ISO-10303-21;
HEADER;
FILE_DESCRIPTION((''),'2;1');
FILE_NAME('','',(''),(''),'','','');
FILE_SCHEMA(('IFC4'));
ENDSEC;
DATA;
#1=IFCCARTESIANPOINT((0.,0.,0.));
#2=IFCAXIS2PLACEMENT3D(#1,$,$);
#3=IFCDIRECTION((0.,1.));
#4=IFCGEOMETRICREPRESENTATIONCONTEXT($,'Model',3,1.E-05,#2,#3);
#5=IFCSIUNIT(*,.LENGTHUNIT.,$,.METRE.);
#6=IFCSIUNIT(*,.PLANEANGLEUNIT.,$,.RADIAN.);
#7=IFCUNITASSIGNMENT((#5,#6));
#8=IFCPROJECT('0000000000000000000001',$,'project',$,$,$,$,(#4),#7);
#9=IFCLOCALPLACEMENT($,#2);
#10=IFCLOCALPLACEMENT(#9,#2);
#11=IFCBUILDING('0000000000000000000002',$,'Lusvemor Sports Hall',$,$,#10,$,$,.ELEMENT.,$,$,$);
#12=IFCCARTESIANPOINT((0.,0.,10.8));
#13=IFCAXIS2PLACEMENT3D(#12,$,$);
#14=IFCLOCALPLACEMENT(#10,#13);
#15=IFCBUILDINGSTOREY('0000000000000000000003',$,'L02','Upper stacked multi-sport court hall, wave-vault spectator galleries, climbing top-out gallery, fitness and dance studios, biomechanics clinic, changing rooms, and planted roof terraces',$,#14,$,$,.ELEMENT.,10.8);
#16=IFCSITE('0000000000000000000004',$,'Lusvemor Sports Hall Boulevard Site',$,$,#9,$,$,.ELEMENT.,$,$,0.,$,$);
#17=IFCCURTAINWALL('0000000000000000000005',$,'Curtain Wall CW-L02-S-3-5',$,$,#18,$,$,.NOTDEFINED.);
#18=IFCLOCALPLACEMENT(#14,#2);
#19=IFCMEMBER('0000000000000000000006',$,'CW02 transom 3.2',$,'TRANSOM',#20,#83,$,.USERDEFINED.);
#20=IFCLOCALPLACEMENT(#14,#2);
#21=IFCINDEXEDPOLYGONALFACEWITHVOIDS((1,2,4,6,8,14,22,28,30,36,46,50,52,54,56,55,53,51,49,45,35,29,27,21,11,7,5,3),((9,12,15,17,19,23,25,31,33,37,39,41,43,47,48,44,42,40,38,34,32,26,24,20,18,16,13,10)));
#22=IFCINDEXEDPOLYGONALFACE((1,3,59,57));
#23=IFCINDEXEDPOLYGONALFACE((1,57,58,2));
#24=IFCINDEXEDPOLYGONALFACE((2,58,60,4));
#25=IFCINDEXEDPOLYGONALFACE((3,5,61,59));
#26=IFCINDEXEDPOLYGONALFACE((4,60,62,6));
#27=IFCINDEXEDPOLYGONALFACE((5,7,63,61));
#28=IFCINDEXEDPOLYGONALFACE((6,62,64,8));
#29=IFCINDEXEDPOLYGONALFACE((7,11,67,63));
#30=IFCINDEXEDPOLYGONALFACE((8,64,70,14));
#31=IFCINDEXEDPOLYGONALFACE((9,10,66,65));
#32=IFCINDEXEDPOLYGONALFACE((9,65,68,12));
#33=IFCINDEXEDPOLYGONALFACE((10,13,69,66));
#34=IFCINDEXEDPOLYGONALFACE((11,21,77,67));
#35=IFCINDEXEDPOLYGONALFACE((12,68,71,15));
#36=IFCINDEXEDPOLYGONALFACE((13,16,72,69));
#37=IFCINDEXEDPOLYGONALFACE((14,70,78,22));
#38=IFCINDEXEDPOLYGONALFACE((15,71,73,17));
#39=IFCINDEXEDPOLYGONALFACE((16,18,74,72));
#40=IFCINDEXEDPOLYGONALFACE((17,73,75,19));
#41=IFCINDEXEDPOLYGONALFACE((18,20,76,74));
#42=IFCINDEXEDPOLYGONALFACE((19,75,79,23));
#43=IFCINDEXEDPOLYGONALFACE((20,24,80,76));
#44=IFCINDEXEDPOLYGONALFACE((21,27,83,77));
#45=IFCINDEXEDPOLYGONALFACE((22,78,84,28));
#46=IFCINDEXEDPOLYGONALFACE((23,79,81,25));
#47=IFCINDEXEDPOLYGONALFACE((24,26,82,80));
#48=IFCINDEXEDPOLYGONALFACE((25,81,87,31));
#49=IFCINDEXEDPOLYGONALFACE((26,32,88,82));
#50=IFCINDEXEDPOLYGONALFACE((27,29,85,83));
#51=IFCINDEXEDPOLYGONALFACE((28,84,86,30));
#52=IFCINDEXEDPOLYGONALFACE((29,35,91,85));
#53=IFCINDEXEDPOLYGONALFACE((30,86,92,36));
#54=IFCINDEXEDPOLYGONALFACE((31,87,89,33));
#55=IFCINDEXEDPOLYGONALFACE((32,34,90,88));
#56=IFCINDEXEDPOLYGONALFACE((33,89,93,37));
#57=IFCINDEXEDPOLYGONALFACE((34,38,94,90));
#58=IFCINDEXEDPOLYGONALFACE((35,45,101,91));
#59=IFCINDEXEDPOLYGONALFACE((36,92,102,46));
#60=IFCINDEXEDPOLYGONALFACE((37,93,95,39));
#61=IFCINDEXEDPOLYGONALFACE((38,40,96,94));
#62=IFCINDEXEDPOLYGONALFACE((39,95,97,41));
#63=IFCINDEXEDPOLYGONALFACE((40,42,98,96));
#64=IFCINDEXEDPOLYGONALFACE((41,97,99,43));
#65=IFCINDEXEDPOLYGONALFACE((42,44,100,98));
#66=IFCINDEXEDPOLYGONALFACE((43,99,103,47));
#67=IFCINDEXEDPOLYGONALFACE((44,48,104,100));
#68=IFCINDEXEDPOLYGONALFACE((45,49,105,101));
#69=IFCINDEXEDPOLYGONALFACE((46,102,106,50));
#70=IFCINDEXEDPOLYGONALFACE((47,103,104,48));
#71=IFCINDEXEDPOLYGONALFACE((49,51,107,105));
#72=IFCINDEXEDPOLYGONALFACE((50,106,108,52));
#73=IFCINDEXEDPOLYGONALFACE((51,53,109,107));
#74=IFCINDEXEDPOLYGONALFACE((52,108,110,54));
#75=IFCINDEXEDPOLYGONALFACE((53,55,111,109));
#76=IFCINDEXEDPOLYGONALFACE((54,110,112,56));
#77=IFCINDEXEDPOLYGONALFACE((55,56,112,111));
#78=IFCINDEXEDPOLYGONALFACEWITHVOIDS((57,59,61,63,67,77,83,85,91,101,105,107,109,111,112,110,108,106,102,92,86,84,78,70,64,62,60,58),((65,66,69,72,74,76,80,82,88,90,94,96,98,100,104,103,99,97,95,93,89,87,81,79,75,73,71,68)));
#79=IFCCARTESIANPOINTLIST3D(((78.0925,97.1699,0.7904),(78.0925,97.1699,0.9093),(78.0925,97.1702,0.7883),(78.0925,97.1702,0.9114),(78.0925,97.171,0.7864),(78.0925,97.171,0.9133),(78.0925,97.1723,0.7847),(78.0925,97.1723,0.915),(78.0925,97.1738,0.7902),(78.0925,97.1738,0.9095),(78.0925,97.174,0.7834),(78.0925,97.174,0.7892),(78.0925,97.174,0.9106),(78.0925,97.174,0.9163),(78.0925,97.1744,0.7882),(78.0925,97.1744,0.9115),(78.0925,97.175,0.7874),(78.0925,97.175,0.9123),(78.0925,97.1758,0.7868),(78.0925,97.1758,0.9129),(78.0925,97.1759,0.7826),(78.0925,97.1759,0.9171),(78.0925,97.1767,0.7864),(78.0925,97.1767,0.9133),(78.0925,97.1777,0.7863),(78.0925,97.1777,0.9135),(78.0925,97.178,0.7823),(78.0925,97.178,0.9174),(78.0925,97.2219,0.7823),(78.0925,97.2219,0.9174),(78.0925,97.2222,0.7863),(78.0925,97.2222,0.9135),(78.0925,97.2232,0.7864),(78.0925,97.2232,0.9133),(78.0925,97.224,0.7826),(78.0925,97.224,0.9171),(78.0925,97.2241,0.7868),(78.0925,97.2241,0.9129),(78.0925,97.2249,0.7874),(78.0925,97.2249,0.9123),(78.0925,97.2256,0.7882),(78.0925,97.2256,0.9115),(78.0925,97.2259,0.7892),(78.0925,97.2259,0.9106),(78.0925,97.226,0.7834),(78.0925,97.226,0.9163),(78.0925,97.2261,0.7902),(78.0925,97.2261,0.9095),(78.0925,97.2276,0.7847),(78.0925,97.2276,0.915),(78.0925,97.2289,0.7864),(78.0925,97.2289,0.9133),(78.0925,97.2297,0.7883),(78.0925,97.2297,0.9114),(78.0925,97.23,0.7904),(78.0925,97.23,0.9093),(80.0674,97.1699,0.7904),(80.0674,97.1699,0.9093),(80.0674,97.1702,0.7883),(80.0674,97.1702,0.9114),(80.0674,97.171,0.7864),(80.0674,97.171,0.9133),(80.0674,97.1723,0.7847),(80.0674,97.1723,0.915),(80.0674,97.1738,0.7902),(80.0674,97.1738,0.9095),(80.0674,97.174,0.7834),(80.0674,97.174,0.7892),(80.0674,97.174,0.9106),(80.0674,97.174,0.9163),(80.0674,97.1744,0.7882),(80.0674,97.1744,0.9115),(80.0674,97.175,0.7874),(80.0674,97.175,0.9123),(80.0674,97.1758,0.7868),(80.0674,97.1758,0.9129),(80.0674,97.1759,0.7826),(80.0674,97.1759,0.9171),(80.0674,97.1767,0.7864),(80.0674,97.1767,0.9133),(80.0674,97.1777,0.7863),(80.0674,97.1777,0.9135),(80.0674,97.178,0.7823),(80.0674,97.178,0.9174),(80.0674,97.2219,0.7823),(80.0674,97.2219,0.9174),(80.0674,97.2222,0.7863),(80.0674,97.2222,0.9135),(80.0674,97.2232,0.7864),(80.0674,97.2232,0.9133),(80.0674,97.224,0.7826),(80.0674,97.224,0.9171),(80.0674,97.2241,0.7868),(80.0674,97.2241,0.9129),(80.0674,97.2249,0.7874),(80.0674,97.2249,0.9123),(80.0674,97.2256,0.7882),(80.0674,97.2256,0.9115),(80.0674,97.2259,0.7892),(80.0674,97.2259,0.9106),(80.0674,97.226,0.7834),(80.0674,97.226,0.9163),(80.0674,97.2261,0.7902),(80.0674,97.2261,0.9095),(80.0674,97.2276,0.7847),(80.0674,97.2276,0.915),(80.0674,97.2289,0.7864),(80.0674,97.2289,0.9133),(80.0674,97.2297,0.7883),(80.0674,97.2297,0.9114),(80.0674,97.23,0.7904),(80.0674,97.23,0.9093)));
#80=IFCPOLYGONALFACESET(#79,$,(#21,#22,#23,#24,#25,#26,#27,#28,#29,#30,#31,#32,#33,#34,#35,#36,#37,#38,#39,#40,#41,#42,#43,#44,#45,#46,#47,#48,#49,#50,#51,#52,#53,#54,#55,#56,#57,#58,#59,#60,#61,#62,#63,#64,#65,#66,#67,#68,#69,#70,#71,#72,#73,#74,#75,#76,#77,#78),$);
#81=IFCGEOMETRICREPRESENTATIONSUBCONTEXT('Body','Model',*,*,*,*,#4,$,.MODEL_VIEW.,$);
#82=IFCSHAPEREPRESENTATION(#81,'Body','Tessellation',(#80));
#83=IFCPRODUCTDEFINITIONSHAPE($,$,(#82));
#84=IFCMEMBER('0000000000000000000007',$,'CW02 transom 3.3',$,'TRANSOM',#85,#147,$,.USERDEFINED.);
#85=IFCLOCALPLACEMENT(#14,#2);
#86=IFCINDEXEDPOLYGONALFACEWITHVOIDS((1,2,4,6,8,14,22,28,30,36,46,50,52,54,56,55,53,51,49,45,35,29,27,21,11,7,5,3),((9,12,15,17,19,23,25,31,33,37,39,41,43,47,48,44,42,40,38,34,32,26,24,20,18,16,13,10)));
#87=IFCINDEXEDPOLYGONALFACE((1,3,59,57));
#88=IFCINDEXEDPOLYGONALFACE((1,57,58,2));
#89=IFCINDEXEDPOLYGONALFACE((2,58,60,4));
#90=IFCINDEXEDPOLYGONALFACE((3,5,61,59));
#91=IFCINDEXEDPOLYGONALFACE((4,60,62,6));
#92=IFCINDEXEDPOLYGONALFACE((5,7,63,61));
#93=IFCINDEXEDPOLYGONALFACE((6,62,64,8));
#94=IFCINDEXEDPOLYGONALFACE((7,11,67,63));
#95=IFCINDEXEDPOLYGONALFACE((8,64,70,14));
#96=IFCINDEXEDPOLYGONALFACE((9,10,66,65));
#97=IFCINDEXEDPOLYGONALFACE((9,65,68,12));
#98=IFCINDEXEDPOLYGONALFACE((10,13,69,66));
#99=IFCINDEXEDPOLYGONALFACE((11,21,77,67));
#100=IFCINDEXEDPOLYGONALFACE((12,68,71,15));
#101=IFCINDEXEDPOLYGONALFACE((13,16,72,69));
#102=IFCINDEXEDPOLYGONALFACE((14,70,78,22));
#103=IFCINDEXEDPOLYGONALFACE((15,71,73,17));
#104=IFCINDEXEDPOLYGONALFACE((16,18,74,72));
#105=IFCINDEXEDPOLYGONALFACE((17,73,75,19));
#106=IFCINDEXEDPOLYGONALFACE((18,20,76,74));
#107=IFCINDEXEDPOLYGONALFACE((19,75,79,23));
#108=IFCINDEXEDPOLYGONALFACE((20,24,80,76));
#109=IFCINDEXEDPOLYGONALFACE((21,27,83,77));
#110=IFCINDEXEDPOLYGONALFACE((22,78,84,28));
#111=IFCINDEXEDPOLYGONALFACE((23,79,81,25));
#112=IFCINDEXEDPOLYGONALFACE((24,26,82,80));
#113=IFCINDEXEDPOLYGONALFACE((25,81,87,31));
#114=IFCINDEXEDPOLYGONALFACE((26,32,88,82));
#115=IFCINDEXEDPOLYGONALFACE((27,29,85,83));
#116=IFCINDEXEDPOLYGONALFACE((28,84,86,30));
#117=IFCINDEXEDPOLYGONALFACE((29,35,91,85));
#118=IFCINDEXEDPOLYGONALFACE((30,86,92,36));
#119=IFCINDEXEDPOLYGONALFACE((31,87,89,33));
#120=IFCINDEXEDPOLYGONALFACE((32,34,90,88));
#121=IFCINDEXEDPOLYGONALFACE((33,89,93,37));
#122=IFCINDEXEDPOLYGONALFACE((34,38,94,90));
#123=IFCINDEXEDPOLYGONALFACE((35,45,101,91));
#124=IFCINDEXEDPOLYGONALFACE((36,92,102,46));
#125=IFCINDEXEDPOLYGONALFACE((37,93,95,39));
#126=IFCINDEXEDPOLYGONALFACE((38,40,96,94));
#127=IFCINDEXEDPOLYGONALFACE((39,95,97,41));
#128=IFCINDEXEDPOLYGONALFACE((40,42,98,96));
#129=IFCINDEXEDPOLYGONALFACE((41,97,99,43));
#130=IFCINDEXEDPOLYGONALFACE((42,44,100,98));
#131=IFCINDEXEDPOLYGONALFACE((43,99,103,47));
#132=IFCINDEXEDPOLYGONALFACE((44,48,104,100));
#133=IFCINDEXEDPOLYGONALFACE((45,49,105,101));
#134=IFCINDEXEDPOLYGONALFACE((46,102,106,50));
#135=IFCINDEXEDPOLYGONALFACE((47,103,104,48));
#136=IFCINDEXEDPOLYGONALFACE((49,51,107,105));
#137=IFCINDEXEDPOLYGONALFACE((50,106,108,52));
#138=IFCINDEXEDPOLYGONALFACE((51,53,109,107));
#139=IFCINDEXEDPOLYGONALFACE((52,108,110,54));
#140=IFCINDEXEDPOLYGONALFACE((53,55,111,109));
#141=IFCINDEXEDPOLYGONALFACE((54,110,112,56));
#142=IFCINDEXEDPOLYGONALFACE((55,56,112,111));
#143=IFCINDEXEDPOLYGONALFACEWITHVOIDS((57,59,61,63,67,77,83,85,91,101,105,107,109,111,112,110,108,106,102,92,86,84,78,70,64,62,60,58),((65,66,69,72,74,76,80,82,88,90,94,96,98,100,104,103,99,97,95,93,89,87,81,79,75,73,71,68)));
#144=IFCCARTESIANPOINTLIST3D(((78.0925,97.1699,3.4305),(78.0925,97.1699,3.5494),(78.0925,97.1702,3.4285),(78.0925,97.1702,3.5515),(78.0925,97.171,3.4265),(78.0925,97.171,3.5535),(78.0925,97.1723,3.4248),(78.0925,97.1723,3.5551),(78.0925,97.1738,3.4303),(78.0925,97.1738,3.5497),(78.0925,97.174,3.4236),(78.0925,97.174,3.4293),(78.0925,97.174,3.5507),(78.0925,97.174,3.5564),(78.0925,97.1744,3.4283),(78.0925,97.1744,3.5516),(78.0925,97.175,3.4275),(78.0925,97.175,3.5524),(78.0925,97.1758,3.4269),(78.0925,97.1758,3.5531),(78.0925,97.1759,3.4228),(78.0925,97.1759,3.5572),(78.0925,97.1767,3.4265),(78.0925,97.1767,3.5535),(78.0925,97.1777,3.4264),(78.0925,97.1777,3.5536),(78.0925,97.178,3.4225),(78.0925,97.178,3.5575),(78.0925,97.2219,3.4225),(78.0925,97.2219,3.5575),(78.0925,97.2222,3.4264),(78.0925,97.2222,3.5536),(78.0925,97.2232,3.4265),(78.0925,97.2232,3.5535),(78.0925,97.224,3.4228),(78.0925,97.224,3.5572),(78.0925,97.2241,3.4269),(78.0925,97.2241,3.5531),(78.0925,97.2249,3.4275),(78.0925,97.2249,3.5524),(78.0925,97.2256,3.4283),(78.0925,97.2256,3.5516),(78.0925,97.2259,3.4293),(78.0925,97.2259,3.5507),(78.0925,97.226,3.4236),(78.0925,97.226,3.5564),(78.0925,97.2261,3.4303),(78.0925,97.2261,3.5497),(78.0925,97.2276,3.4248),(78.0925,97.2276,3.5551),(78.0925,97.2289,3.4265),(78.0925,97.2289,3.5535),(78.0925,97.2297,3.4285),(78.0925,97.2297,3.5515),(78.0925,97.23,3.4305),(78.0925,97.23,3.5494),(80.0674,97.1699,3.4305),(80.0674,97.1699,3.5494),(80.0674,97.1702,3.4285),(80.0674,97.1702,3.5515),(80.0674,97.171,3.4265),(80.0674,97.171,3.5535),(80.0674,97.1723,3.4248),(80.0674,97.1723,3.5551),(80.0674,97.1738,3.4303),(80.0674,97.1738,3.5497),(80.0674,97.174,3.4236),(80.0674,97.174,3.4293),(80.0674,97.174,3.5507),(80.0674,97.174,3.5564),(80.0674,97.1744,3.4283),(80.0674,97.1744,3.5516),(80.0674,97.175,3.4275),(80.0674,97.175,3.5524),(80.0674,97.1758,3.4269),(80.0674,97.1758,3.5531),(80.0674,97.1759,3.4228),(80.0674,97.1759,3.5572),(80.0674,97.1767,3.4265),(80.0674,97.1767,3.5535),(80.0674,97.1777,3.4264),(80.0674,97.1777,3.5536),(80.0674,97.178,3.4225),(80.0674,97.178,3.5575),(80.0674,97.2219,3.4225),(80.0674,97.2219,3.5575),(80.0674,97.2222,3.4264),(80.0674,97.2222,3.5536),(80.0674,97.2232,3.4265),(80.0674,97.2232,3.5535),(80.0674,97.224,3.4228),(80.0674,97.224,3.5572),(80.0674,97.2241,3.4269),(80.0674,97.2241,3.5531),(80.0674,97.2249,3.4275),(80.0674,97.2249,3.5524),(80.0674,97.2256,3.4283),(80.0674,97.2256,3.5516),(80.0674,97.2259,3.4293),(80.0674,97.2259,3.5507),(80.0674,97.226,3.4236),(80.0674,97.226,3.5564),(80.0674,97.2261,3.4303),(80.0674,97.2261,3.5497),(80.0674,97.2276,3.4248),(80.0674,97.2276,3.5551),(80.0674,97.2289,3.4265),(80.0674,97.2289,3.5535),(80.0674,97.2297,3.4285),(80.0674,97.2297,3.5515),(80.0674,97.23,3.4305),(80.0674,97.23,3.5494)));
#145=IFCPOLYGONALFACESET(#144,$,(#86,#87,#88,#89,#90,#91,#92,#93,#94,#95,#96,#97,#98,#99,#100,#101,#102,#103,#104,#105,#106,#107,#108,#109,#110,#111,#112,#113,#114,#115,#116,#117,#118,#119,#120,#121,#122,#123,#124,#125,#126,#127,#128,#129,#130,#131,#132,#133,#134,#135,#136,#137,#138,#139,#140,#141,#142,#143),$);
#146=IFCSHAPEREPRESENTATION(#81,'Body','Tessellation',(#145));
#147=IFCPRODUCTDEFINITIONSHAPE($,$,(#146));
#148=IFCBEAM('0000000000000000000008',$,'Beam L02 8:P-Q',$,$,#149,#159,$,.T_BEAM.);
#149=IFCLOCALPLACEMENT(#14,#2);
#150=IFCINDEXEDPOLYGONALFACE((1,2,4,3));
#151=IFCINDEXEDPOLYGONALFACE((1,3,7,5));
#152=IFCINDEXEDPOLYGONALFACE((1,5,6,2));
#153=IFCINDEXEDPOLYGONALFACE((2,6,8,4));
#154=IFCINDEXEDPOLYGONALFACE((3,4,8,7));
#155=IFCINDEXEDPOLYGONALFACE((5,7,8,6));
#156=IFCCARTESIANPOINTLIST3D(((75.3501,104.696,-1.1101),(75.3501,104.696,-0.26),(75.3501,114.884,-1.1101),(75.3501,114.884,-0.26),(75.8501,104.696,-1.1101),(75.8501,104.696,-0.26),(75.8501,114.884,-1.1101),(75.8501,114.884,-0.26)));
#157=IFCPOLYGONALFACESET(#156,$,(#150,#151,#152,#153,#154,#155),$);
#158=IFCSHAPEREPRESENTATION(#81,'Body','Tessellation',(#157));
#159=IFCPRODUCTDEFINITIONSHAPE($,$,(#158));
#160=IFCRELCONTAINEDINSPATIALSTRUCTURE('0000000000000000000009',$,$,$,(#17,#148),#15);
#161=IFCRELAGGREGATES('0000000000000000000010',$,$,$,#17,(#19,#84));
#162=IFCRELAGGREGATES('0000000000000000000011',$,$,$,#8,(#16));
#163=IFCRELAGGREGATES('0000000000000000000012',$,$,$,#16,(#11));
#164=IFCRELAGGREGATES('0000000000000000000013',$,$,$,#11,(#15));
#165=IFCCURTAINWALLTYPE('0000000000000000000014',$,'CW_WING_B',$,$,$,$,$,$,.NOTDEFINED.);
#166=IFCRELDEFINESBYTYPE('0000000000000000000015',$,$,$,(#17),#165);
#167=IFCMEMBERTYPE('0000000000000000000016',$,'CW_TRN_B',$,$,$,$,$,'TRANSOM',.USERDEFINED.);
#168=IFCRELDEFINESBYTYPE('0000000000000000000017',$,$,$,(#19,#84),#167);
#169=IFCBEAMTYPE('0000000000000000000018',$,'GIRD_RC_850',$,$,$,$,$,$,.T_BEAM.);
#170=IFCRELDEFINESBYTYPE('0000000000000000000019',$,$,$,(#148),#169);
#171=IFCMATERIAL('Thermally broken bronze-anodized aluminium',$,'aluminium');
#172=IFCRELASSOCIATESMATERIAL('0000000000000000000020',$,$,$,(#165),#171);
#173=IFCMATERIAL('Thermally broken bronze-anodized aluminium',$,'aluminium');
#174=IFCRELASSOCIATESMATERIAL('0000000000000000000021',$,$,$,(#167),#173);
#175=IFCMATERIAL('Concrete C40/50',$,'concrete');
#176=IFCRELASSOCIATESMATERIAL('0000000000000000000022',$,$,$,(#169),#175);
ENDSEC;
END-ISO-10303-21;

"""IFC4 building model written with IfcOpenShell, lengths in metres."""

from ifc_helpers import new_model, si_unit, direction, frame, origin, origin_2d, place, context, subcontext, project, spatial, rectangle, hollow_rectangle, extrude, material, material_profile, profile_set, type_object, element, aggregate, save


model = new_model("IFC4")

# Units and contexts
model_context = context("Model", 3, precision=1e-05, world=origin(), true_north=direction((0.0, 1.0)))
body_context = subcontext(model_context, "Body", "Model", "MODEL_VIEW")
ifc_project = project(units=[si_unit("LENGTHUNIT", "METRE"), si_unit("PLANEANGLEUNIT", "RADIAN")], contexts=[model_context])

# Site, building, storey
site_placement = place(None, origin())
site = spatial("IfcSite", under=ifc_project, at=site_placement, Name="Lusvemor Sports Hall Boulevard Site", CompositionType="ELEMENT", RefElevation=0.0)
building_placement = place(site_placement, origin())
building = spatial("IfcBuilding", under=site, at=building_placement, Name="Lusvemor Sports Hall", CompositionType="ELEMENT")
storey_placement = place(building_placement, frame((0.0, 0.0, 10.8)))
storey = spatial("IfcBuildingStorey", under=building, at=storey_placement, Name="L02", Description="Upper stacked multi-sport court hall, wave-vault spectator galleries, climbing top-out gallery, fitness and dance studios, biomechanics clinic, changing rooms, and planted roof terraces", CompositionType="ELEMENT", Elevation=10.8)

# Shared definitions
ifc_material_1 = material(Name="Thermally broken bronze-anodized aluminium", Category="aluminium")
curtain_wall_type = type_object("IfcCurtainWallType", Name="CW_WING_B", PredefinedType="NOTDEFINED", material=ifc_material_1)

# Curtain wall, members
curtain_wall_1_placement = place(storey_placement, origin())
curtain_wall_1 = element("IfcCurtainWall", 1, at=curtain_wall_1_placement, inside=storey, type_object=curtain_wall_type, Name="Curtain Wall CW-L02-S-3-5", PredefinedType="NOTDEFINED")
ifc_material_2 = material(Name="Thermally broken bronze-anodized aluminium", Category="aluminium")
ifc_material_profile_1 = material_profile(ifc_material_2, hollow_rectangle(XDim=0.0601, YDim=0.135, WallThickness=0.0039, InnerFilletRadius=0.0039, OuterFilletRadius=0.0081, at=origin_2d()), Name="CWTRN135x60x4")
ifc_profile_set_1 = profile_set([ifc_material_profile_1], Name="Thermally broken bronze-anodized aluminium")
member_type_1 = type_object("IfcMemberType", Name="CW_TRN_B", ElementType="TRANSOM", PredefinedType="USERDEFINED", material=ifc_profile_set_1)
member_1_placement = place(storey_placement, frame((80.0674, 97.2, 0.8499), z_axis=(-1.0, 0.0, 0.0), x_axis=(0.0, -1.0, 0.0)))
member_1 = element("IfcMember", 2, at=member_1_placement, type_object=member_type_1, Name="CW02 transom 3.2", ObjectType="TRANSOM", PredefinedType="USERDEFINED", context=body_context, shape_type="SweptSolid", body=[
    extrude(hollow_rectangle(XDim=0.0601, YDim=0.135, WallThickness=0.0039, InnerFilletRadius=0.0039, OuterFilletRadius=0.0081, at=origin_2d()), origin(), (0.0, 0.0, 1.0), 1.9749),
])
member_2_placement = place(storey_placement, frame((80.0674, 97.2, 3.49), z_axis=(-1.0, 0.0, 0.0), x_axis=(0.0, -1.0, 0.0)))
member_2 = element("IfcMember", 3, at=member_2_placement, type_object=member_type_1, Name="CW02 transom 3.3", ObjectType="TRANSOM", PredefinedType="USERDEFINED", context=body_context, shape_type="SweptSolid", body=[
    extrude(hollow_rectangle(XDim=0.0601, YDim=0.135, WallThickness=0.0039, InnerFilletRadius=0.0039, OuterFilletRadius=0.0081, at=origin_2d()), origin(), (0.0, 0.0, 1.0), 1.9749),
])

# Beam
ifc_material_3 = material(Name="Concrete C40/50", Category="concrete")
ifc_material_profile_2 = material_profile(ifc_material_3, rectangle(XDim=0.5, YDim=0.8501, at=origin_2d()), Name="RC500x850")
ifc_profile_set_2 = profile_set([ifc_material_profile_2], Name="Concrete C40/50")
beam_type_1 = type_object("IfcBeamType", Name="GIRD_RC_850", PredefinedType="T_BEAM", material=ifc_profile_set_2)
beam_1_placement = place(storey_placement, frame((75.6001, 104.696, -0.6851), z_axis=(0.0, 1.0, 0.0), x_axis=(-1.0, 0.0, 0.0)))
element("IfcBeam", 4, at=beam_1_placement, inside=storey, type_object=beam_type_1, Name="Beam L02 8:P-Q", PredefinedType="T_BEAM", context=body_context, shape_type="SweptSolid", body=[
    extrude(rectangle(XDim=0.5, YDim=0.8501, at=origin_2d()), origin(), (0.0, 0.0, 1.0), 10.188),
])

aggregate(curtain_wall_1, [member_1, member_2])

save(model, "model.ifc")
